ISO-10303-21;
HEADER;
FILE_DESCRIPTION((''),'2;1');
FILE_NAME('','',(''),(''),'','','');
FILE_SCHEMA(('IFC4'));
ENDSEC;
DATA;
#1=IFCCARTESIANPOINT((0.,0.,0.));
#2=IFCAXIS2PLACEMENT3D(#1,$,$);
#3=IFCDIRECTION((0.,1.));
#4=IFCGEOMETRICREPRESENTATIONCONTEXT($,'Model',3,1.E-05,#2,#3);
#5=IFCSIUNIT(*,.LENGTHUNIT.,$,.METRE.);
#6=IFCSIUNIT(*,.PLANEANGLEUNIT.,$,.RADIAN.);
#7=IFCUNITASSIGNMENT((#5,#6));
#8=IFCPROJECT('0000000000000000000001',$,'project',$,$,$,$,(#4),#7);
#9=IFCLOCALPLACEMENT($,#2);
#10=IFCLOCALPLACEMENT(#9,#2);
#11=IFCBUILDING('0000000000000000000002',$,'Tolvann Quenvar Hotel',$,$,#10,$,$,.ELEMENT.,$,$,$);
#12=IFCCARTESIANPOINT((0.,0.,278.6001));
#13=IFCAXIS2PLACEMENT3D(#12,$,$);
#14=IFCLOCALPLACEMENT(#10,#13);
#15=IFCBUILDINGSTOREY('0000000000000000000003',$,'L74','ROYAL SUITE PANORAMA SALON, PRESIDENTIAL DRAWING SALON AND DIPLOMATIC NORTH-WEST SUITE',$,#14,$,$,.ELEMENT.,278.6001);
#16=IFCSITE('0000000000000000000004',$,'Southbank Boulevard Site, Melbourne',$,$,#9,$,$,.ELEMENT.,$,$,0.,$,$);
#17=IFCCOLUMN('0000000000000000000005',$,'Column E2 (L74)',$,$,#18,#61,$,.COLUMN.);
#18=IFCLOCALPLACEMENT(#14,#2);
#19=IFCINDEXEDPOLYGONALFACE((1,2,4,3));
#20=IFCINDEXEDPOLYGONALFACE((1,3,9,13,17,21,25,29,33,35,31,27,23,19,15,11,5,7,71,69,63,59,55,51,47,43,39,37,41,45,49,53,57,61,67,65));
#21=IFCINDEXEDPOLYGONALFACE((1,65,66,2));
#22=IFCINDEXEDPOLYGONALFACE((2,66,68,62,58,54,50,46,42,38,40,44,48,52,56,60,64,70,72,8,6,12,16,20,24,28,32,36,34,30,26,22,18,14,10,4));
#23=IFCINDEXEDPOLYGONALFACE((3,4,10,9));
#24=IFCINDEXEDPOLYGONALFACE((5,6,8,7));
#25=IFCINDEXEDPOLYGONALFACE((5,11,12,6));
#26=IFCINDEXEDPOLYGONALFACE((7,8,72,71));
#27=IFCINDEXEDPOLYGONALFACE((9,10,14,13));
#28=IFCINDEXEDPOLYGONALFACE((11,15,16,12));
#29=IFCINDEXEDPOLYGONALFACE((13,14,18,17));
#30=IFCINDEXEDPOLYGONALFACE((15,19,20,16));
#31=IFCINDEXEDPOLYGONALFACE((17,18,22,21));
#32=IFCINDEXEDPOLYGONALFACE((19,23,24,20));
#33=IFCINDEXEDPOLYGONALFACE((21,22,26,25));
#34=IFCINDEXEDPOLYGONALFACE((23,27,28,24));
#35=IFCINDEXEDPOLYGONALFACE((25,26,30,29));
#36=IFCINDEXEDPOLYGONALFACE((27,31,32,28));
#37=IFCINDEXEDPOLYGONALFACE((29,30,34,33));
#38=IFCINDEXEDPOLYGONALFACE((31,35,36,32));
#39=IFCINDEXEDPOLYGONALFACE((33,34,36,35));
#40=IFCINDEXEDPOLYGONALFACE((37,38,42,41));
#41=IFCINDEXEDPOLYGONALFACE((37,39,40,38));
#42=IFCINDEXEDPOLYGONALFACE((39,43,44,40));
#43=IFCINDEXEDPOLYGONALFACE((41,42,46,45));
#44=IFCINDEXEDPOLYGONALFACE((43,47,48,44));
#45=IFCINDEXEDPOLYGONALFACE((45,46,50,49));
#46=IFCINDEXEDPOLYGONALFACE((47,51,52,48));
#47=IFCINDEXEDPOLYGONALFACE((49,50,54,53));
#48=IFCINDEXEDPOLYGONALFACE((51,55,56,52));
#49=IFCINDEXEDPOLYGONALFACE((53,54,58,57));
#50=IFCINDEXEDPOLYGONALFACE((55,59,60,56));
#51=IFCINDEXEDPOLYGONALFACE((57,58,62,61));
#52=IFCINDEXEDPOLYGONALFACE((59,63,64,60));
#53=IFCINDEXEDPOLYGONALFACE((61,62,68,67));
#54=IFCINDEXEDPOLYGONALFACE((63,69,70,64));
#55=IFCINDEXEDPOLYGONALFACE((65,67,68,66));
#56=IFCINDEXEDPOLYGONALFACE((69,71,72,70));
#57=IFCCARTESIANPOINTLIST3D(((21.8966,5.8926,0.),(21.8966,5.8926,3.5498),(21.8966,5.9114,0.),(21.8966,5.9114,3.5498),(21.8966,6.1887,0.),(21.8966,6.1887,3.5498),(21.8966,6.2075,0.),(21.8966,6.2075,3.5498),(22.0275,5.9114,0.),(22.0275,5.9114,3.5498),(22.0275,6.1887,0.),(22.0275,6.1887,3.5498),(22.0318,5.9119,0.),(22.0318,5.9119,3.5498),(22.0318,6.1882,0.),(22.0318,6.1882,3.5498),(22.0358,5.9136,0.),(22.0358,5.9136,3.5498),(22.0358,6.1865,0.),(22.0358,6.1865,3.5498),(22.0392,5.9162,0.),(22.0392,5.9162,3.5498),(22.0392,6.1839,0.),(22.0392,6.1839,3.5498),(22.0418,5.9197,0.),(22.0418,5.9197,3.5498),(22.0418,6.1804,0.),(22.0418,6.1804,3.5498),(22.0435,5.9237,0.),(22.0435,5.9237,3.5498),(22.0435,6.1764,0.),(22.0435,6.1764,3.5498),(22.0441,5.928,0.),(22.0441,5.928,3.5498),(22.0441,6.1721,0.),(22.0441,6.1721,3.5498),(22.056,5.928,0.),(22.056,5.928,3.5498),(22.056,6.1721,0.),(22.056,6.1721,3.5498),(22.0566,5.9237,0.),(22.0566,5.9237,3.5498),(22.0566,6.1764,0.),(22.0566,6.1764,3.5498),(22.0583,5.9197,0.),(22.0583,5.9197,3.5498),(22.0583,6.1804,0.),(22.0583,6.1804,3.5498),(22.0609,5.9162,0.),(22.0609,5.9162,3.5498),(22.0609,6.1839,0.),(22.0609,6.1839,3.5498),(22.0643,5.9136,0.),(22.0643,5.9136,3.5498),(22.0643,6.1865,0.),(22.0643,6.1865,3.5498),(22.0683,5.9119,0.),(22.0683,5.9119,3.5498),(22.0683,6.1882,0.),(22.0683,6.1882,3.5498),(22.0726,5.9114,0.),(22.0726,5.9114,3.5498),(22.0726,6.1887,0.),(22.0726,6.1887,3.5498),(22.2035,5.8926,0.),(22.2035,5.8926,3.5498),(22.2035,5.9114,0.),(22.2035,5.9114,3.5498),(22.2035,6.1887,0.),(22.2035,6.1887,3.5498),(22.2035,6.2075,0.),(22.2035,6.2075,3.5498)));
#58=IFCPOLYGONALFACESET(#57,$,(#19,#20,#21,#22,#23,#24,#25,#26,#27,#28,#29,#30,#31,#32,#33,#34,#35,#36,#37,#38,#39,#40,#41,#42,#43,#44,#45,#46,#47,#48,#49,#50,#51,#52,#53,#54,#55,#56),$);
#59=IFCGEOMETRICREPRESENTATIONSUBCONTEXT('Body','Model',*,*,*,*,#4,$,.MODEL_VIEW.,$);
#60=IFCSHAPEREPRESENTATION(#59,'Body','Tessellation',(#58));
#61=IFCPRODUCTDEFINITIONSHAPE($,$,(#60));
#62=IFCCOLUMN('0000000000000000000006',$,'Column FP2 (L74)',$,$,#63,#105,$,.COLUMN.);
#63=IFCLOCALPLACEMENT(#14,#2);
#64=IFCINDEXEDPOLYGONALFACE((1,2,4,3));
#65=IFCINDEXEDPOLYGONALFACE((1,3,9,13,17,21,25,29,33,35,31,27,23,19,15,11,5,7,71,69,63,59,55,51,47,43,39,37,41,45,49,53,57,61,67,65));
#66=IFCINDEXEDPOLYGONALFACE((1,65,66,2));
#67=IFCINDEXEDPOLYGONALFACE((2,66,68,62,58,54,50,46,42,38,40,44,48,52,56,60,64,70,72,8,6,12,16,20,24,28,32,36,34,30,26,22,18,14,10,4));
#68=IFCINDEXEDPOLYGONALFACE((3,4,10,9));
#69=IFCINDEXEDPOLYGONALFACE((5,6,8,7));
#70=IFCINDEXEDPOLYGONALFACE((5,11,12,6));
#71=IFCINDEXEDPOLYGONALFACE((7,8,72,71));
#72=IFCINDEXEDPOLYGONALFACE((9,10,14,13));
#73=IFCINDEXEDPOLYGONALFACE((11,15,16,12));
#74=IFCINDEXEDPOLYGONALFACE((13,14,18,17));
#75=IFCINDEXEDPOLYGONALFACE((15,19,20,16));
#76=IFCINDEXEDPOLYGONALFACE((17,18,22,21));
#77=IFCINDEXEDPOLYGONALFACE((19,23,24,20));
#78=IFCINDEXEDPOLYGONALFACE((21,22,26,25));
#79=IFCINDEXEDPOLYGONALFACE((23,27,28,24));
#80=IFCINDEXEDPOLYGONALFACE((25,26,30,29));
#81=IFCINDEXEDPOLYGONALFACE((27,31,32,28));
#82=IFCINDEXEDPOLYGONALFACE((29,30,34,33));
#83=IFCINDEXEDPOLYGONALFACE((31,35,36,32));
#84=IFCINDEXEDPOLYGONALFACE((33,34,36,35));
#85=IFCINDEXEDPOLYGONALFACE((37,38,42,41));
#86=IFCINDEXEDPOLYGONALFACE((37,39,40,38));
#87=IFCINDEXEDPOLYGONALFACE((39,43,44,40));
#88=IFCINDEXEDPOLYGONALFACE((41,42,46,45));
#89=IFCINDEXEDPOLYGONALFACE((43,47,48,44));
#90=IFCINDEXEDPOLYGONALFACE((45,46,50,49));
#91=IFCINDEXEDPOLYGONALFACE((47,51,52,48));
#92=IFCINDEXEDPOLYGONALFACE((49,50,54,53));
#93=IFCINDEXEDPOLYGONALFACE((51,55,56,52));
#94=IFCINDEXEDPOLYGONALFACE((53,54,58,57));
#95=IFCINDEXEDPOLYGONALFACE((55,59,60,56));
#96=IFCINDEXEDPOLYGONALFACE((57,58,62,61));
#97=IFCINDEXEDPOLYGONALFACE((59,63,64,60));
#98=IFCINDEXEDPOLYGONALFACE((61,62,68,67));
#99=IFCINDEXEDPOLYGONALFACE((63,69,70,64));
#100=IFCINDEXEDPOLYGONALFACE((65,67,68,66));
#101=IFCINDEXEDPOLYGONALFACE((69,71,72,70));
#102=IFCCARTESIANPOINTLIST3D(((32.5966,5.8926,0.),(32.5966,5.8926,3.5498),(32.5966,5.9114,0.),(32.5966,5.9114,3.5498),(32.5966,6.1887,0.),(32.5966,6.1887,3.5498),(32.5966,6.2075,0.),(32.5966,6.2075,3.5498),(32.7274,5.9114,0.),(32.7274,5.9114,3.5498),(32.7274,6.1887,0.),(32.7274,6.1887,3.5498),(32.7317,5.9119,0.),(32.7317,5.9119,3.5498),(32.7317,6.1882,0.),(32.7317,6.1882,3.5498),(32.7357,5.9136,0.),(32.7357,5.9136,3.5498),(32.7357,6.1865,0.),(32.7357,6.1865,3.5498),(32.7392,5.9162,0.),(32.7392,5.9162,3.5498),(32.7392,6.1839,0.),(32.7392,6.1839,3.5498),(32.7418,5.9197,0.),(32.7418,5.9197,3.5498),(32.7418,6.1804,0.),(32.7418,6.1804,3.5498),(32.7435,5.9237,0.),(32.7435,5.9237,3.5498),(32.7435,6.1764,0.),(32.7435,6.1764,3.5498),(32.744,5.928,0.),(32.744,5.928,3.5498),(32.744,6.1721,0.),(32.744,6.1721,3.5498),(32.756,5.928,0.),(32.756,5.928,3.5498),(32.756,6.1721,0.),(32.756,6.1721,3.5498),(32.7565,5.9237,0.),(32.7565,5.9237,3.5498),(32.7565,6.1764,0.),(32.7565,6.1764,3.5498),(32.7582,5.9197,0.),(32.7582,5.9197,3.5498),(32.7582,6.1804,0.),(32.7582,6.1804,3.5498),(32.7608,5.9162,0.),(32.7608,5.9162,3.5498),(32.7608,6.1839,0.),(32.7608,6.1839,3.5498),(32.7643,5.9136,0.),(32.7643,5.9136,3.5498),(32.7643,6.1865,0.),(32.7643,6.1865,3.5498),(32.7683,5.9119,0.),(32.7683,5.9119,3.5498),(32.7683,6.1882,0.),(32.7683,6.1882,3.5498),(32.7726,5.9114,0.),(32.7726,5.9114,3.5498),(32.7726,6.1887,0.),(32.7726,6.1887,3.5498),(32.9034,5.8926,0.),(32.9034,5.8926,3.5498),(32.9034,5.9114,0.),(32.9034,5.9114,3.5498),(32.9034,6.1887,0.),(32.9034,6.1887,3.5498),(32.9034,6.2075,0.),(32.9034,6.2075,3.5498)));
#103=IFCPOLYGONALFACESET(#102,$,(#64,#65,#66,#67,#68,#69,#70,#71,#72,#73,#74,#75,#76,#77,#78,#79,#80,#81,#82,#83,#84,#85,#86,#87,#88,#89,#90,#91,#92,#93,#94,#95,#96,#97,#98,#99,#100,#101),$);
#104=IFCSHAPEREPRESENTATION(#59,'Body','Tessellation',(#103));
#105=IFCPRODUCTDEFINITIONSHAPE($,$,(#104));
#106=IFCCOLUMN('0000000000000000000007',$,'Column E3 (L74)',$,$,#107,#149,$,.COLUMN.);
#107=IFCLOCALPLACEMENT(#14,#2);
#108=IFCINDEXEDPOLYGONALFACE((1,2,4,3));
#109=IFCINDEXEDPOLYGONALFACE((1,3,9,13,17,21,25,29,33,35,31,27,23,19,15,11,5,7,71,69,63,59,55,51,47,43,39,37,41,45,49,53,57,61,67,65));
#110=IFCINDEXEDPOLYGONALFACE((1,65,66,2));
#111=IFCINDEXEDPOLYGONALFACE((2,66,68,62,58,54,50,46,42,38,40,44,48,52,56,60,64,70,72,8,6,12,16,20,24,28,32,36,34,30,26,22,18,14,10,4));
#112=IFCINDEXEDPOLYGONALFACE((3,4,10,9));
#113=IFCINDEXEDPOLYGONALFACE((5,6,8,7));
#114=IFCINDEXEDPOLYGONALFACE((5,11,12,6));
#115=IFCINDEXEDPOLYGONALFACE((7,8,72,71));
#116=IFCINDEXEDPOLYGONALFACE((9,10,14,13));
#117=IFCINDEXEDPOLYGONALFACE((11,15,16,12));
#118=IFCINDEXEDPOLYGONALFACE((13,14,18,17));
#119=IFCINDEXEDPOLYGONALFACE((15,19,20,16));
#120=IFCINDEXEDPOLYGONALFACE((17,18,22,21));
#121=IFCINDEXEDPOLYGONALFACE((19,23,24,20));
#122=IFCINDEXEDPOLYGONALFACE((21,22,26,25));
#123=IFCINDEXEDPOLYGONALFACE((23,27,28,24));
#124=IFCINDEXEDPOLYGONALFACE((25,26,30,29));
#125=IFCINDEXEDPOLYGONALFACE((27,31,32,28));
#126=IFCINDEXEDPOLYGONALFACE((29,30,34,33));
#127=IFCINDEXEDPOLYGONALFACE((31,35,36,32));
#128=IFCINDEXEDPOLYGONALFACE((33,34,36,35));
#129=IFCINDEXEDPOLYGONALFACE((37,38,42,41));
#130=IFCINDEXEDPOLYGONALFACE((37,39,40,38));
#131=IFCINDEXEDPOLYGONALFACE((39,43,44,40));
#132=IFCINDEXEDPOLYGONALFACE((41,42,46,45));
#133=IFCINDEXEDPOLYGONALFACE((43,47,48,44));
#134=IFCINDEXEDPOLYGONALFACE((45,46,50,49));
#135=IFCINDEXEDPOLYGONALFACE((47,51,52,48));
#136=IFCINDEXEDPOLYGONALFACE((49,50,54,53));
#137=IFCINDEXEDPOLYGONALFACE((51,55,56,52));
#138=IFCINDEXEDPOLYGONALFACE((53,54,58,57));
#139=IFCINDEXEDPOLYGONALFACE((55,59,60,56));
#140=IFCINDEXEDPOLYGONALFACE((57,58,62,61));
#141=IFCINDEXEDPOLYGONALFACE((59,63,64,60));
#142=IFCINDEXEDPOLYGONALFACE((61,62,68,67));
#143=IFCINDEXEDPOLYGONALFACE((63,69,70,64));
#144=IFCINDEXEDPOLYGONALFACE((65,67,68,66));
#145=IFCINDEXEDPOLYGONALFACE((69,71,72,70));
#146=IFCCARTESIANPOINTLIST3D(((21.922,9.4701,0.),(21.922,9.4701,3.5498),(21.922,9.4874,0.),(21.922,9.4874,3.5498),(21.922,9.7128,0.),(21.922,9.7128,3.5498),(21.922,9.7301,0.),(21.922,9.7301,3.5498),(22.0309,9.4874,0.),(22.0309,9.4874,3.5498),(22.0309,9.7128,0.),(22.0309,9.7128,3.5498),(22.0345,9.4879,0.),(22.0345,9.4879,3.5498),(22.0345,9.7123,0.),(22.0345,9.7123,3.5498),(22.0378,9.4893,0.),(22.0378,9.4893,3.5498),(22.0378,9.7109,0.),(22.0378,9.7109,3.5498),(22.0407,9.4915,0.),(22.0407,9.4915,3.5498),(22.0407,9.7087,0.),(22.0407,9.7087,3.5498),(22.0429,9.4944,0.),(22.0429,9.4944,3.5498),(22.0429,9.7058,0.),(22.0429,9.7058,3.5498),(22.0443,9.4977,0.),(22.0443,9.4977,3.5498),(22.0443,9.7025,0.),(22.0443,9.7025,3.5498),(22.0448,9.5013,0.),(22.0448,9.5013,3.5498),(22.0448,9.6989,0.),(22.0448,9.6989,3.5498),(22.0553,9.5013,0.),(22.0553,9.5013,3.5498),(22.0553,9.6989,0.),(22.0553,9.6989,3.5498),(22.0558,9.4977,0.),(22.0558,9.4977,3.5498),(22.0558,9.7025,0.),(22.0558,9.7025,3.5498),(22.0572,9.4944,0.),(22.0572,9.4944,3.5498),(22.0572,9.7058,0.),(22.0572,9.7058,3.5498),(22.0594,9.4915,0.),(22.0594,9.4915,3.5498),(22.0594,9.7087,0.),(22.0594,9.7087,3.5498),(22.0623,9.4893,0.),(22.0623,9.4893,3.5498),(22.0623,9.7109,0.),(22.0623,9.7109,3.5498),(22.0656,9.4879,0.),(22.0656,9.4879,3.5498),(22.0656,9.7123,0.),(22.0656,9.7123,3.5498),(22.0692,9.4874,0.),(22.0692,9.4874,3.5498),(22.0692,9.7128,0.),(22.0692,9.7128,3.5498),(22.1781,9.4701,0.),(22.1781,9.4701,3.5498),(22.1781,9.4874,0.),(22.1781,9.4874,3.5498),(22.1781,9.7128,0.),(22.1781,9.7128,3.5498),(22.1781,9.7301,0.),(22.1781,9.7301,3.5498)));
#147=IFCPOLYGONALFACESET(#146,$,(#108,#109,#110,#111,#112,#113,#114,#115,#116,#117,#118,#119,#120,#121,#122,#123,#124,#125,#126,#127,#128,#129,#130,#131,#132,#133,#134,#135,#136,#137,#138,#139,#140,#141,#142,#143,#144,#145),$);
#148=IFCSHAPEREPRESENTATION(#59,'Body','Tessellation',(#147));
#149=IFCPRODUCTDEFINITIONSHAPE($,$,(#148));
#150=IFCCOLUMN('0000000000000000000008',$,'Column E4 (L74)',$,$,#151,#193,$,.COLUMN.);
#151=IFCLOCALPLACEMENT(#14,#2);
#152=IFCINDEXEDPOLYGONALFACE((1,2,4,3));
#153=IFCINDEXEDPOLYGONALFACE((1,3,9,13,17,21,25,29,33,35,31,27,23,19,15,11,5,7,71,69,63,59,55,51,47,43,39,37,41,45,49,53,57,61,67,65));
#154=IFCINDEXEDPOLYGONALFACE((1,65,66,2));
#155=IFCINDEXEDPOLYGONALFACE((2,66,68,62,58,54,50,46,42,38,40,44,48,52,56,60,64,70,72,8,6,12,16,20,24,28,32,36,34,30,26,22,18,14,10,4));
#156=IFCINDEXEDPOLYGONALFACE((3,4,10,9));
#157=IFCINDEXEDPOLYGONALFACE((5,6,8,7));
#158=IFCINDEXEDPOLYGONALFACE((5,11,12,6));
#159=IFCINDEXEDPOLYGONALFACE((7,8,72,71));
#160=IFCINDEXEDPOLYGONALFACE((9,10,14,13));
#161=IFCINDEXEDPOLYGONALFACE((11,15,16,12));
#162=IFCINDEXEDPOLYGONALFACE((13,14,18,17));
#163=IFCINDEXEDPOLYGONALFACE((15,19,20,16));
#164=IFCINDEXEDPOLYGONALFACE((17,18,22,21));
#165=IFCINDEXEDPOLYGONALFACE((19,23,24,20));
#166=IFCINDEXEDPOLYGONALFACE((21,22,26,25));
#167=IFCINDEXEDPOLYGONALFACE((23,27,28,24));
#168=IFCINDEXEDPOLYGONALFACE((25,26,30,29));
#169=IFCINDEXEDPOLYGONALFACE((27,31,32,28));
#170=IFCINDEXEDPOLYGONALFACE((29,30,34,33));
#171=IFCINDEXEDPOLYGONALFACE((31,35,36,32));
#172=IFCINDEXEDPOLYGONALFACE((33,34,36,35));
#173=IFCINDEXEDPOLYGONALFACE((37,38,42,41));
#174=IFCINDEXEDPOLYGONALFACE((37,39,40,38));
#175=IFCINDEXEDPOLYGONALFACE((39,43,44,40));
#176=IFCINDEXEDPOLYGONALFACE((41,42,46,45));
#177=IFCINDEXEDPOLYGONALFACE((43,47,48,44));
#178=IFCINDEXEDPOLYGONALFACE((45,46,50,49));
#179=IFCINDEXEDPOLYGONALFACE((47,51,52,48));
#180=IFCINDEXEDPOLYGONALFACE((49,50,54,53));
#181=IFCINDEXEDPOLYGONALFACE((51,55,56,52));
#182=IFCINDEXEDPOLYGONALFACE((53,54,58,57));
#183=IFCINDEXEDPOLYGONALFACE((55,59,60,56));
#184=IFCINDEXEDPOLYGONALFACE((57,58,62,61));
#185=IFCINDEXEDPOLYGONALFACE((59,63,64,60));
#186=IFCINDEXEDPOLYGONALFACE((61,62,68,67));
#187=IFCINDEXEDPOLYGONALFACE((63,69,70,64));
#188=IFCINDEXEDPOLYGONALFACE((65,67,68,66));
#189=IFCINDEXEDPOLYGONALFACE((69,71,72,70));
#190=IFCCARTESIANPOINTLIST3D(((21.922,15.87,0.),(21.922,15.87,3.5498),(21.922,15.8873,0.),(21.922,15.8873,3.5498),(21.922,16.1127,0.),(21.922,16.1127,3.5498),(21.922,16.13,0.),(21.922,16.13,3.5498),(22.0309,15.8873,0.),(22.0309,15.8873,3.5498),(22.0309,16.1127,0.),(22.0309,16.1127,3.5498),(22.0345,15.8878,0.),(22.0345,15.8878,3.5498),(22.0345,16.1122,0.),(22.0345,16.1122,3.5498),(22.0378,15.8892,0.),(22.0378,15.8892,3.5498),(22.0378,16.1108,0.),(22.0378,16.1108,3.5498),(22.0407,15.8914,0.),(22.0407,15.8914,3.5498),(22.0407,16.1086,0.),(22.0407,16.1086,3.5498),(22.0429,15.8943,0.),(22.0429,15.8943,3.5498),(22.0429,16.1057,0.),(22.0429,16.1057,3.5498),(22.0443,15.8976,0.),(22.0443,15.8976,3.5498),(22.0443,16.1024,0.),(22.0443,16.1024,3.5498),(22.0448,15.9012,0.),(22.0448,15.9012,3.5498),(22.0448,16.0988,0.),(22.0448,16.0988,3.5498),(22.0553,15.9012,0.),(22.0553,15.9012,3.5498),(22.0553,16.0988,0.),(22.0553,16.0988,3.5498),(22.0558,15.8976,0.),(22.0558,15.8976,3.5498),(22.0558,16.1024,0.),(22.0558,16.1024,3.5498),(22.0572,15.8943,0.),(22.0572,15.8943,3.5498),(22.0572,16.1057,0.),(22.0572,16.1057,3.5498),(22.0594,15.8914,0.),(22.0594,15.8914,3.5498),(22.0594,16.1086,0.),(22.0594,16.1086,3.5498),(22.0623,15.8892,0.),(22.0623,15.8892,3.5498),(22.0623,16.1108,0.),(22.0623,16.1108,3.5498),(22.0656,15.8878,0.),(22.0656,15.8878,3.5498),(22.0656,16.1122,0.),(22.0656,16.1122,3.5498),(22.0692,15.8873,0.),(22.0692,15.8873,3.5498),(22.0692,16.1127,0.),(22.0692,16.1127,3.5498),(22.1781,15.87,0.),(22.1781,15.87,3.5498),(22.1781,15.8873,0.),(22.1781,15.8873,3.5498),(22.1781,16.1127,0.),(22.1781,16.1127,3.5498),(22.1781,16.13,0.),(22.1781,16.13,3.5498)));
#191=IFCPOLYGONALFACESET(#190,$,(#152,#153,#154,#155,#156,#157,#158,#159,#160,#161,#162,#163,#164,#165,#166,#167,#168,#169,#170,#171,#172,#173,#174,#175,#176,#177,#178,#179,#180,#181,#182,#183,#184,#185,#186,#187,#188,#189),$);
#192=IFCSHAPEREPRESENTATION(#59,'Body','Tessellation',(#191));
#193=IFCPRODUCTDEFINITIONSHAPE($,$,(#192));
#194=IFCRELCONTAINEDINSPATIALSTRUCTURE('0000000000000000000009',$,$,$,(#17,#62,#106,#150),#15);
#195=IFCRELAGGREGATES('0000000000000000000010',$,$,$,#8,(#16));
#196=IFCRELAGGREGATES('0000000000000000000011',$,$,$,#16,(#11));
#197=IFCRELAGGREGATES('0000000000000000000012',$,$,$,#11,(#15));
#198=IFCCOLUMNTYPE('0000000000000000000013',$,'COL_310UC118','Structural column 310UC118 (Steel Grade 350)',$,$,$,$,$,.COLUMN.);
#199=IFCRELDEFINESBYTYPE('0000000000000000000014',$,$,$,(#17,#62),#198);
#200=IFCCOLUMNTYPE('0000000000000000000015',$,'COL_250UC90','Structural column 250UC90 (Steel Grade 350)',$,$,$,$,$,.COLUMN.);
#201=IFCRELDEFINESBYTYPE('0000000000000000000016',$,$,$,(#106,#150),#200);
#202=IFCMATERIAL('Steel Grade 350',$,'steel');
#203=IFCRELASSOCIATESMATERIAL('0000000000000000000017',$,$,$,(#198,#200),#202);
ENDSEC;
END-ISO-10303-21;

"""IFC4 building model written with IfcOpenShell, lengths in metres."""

from ifc_helpers import new_model, si_unit, direction, frame, origin, origin_2d, place, context, subcontext, project, spatial, i_section, extrude, source, transform, mapped, material, material_profile, profile_set, type_object, type_shapes, element, save


model = new_model("IFC4")

# Units and contexts
model_context = context("Model", 3, precision=1e-05, world=origin(), true_north=direction((0.0, 1.0)))
body_context = subcontext(model_context, "Body", "Model", "MODEL_VIEW")
ifc_project = project(units=[si_unit("LENGTHUNIT", "METRE"), si_unit("PLANEANGLEUNIT", "RADIAN")], contexts=[model_context])

# Site, building, storey
site_placement = place(None, origin())
site = spatial("IfcSite", under=ifc_project, at=site_placement, Name="Southbank Boulevard Site, Melbourne", CompositionType="ELEMENT", RefElevation=0.0)
building_placement = place(site_placement, origin())
building = spatial("IfcBuilding", under=site, at=building_placement, Name="Tolvann Quenvar Hotel", CompositionType="ELEMENT")
storey_placement = place(building_placement, frame((0.0, 0.0, 278.6001)))
storey = spatial("IfcBuildingStorey", under=building, at=storey_placement, Name="L74", Description="ROYAL SUITE PANORAMA SALON, PRESIDENTIAL DRAWING SALON AND DIPLOMATIC NORTH-WEST SUITE", CompositionType="ELEMENT", Elevation=278.6001)

# Columns
ifc_material_1 = material(Name="Steel Grade 350", Category="steel")
ifc_material_profile_1 = material_profile(ifc_material_1, i_section(OverallWidth=0.3069, OverallDepth=0.3149, WebThickness=0.012, FlangeThickness=0.0188, FilletRadius=0.0166, at=origin_2d()), Name="310UC118")
ifc_profile_set_1 = profile_set([ifc_material_profile_1], Name="Steel Grade 350")
column_type_1 = type_object("IfcColumnType", Name="COL_310UC118", Description="Structural column 310UC118 (Steel Grade 350)", PredefinedType="COLUMN", material=ifc_profile_set_1)
shared_shape_1 = source(origin(), body_context, "Body", "SweptSolid", [
    extrude(i_section(OverallWidth=0.3069, OverallDepth=0.3149, WebThickness=0.012, FlangeThickness=0.0188, FilletRadius=0.0166, at=origin_2d()), origin(), (0.0, 0.0, 1.0), 3.5498),
])
type_shapes(column_type_1, [shared_shape_1])
for number, where, z_axis, x_axis, name in (
    (1, (22.05, 6.05, 0.0), (0.0, 0.0, 1.0), (1.0, 0.0, 0.0), "Column E2 (L74)"),
    (2, (32.75, 6.05, 0.0), (0.0, 0.0, 1.0), (1.0, 0.0, 0.0), "Column FP2 (L74)"),
):
    element("IfcColumn", number, at=place(storey_placement, frame(where, z_axis=z_axis, x_axis=x_axis)), inside=storey, type_object=column_type_1, Name=name, PredefinedType="COLUMN", context=body_context, shape_type="MappedRepresentation", body=[
        mapped(shared_shape_1, transform((0.0, 0.0, 0.0), x_axis=(1.0, 0.0, 0.0), y_axis=(0.0, 1.0, 0.0), z_axis=(0.0, 0.0, 1.0), scale=1.0)),
    ])
ifc_material_profile_2 = material_profile(ifc_material_1, i_section(OverallWidth=0.2561, OverallDepth=0.26, WebThickness=0.0105, FlangeThickness=0.0173, FilletRadius=0.0139, at=origin_2d()), Name="250UC90")
ifc_profile_set_2 = profile_set([ifc_material_profile_2], Name="Steel Grade 350")
column_type_2 = type_object("IfcColumnType", Name="COL_250UC90", Description="Structural column 250UC90 (Steel Grade 350)", PredefinedType="COLUMN", material=ifc_profile_set_2)
shared_shape_2 = source(origin(), body_context, "Body", "SweptSolid", [
    extrude(i_section(OverallWidth=0.2561, OverallDepth=0.26, WebThickness=0.0105, FlangeThickness=0.0173, FilletRadius=0.0139, at=origin_2d()), origin(), (0.0, 0.0, 1.0), 3.5498),
])
type_shapes(column_type_2, [shared_shape_2])
for number, where, z_axis, x_axis, name in (
    (3, (22.05, 9.6001, 0.0), (0.0, 0.0, 1.0), (1.0, 0.0, 0.0), "Column E3 (L74)"),
    (4, (22.05, 16.0, 0.0), (0.0, 0.0, 1.0), (1.0, 0.0, 0.0), "Column E4 (L74)"),
):
    element("IfcColumn", number, at=place(storey_placement, frame(where, z_axis=z_axis, x_axis=x_axis)), inside=storey, type_object=column_type_2, Name=name, PredefinedType="COLUMN", context=body_context, shape_type="MappedRepresentation", body=[
        mapped(shared_shape_2, transform((0.0, 0.0, 0.0), x_axis=(1.0, 0.0, 0.0), y_axis=(0.0, 1.0, 0.0), z_axis=(0.0, 0.0, 1.0), scale=1.0)),
    ])

save(model, "model.ifc")
